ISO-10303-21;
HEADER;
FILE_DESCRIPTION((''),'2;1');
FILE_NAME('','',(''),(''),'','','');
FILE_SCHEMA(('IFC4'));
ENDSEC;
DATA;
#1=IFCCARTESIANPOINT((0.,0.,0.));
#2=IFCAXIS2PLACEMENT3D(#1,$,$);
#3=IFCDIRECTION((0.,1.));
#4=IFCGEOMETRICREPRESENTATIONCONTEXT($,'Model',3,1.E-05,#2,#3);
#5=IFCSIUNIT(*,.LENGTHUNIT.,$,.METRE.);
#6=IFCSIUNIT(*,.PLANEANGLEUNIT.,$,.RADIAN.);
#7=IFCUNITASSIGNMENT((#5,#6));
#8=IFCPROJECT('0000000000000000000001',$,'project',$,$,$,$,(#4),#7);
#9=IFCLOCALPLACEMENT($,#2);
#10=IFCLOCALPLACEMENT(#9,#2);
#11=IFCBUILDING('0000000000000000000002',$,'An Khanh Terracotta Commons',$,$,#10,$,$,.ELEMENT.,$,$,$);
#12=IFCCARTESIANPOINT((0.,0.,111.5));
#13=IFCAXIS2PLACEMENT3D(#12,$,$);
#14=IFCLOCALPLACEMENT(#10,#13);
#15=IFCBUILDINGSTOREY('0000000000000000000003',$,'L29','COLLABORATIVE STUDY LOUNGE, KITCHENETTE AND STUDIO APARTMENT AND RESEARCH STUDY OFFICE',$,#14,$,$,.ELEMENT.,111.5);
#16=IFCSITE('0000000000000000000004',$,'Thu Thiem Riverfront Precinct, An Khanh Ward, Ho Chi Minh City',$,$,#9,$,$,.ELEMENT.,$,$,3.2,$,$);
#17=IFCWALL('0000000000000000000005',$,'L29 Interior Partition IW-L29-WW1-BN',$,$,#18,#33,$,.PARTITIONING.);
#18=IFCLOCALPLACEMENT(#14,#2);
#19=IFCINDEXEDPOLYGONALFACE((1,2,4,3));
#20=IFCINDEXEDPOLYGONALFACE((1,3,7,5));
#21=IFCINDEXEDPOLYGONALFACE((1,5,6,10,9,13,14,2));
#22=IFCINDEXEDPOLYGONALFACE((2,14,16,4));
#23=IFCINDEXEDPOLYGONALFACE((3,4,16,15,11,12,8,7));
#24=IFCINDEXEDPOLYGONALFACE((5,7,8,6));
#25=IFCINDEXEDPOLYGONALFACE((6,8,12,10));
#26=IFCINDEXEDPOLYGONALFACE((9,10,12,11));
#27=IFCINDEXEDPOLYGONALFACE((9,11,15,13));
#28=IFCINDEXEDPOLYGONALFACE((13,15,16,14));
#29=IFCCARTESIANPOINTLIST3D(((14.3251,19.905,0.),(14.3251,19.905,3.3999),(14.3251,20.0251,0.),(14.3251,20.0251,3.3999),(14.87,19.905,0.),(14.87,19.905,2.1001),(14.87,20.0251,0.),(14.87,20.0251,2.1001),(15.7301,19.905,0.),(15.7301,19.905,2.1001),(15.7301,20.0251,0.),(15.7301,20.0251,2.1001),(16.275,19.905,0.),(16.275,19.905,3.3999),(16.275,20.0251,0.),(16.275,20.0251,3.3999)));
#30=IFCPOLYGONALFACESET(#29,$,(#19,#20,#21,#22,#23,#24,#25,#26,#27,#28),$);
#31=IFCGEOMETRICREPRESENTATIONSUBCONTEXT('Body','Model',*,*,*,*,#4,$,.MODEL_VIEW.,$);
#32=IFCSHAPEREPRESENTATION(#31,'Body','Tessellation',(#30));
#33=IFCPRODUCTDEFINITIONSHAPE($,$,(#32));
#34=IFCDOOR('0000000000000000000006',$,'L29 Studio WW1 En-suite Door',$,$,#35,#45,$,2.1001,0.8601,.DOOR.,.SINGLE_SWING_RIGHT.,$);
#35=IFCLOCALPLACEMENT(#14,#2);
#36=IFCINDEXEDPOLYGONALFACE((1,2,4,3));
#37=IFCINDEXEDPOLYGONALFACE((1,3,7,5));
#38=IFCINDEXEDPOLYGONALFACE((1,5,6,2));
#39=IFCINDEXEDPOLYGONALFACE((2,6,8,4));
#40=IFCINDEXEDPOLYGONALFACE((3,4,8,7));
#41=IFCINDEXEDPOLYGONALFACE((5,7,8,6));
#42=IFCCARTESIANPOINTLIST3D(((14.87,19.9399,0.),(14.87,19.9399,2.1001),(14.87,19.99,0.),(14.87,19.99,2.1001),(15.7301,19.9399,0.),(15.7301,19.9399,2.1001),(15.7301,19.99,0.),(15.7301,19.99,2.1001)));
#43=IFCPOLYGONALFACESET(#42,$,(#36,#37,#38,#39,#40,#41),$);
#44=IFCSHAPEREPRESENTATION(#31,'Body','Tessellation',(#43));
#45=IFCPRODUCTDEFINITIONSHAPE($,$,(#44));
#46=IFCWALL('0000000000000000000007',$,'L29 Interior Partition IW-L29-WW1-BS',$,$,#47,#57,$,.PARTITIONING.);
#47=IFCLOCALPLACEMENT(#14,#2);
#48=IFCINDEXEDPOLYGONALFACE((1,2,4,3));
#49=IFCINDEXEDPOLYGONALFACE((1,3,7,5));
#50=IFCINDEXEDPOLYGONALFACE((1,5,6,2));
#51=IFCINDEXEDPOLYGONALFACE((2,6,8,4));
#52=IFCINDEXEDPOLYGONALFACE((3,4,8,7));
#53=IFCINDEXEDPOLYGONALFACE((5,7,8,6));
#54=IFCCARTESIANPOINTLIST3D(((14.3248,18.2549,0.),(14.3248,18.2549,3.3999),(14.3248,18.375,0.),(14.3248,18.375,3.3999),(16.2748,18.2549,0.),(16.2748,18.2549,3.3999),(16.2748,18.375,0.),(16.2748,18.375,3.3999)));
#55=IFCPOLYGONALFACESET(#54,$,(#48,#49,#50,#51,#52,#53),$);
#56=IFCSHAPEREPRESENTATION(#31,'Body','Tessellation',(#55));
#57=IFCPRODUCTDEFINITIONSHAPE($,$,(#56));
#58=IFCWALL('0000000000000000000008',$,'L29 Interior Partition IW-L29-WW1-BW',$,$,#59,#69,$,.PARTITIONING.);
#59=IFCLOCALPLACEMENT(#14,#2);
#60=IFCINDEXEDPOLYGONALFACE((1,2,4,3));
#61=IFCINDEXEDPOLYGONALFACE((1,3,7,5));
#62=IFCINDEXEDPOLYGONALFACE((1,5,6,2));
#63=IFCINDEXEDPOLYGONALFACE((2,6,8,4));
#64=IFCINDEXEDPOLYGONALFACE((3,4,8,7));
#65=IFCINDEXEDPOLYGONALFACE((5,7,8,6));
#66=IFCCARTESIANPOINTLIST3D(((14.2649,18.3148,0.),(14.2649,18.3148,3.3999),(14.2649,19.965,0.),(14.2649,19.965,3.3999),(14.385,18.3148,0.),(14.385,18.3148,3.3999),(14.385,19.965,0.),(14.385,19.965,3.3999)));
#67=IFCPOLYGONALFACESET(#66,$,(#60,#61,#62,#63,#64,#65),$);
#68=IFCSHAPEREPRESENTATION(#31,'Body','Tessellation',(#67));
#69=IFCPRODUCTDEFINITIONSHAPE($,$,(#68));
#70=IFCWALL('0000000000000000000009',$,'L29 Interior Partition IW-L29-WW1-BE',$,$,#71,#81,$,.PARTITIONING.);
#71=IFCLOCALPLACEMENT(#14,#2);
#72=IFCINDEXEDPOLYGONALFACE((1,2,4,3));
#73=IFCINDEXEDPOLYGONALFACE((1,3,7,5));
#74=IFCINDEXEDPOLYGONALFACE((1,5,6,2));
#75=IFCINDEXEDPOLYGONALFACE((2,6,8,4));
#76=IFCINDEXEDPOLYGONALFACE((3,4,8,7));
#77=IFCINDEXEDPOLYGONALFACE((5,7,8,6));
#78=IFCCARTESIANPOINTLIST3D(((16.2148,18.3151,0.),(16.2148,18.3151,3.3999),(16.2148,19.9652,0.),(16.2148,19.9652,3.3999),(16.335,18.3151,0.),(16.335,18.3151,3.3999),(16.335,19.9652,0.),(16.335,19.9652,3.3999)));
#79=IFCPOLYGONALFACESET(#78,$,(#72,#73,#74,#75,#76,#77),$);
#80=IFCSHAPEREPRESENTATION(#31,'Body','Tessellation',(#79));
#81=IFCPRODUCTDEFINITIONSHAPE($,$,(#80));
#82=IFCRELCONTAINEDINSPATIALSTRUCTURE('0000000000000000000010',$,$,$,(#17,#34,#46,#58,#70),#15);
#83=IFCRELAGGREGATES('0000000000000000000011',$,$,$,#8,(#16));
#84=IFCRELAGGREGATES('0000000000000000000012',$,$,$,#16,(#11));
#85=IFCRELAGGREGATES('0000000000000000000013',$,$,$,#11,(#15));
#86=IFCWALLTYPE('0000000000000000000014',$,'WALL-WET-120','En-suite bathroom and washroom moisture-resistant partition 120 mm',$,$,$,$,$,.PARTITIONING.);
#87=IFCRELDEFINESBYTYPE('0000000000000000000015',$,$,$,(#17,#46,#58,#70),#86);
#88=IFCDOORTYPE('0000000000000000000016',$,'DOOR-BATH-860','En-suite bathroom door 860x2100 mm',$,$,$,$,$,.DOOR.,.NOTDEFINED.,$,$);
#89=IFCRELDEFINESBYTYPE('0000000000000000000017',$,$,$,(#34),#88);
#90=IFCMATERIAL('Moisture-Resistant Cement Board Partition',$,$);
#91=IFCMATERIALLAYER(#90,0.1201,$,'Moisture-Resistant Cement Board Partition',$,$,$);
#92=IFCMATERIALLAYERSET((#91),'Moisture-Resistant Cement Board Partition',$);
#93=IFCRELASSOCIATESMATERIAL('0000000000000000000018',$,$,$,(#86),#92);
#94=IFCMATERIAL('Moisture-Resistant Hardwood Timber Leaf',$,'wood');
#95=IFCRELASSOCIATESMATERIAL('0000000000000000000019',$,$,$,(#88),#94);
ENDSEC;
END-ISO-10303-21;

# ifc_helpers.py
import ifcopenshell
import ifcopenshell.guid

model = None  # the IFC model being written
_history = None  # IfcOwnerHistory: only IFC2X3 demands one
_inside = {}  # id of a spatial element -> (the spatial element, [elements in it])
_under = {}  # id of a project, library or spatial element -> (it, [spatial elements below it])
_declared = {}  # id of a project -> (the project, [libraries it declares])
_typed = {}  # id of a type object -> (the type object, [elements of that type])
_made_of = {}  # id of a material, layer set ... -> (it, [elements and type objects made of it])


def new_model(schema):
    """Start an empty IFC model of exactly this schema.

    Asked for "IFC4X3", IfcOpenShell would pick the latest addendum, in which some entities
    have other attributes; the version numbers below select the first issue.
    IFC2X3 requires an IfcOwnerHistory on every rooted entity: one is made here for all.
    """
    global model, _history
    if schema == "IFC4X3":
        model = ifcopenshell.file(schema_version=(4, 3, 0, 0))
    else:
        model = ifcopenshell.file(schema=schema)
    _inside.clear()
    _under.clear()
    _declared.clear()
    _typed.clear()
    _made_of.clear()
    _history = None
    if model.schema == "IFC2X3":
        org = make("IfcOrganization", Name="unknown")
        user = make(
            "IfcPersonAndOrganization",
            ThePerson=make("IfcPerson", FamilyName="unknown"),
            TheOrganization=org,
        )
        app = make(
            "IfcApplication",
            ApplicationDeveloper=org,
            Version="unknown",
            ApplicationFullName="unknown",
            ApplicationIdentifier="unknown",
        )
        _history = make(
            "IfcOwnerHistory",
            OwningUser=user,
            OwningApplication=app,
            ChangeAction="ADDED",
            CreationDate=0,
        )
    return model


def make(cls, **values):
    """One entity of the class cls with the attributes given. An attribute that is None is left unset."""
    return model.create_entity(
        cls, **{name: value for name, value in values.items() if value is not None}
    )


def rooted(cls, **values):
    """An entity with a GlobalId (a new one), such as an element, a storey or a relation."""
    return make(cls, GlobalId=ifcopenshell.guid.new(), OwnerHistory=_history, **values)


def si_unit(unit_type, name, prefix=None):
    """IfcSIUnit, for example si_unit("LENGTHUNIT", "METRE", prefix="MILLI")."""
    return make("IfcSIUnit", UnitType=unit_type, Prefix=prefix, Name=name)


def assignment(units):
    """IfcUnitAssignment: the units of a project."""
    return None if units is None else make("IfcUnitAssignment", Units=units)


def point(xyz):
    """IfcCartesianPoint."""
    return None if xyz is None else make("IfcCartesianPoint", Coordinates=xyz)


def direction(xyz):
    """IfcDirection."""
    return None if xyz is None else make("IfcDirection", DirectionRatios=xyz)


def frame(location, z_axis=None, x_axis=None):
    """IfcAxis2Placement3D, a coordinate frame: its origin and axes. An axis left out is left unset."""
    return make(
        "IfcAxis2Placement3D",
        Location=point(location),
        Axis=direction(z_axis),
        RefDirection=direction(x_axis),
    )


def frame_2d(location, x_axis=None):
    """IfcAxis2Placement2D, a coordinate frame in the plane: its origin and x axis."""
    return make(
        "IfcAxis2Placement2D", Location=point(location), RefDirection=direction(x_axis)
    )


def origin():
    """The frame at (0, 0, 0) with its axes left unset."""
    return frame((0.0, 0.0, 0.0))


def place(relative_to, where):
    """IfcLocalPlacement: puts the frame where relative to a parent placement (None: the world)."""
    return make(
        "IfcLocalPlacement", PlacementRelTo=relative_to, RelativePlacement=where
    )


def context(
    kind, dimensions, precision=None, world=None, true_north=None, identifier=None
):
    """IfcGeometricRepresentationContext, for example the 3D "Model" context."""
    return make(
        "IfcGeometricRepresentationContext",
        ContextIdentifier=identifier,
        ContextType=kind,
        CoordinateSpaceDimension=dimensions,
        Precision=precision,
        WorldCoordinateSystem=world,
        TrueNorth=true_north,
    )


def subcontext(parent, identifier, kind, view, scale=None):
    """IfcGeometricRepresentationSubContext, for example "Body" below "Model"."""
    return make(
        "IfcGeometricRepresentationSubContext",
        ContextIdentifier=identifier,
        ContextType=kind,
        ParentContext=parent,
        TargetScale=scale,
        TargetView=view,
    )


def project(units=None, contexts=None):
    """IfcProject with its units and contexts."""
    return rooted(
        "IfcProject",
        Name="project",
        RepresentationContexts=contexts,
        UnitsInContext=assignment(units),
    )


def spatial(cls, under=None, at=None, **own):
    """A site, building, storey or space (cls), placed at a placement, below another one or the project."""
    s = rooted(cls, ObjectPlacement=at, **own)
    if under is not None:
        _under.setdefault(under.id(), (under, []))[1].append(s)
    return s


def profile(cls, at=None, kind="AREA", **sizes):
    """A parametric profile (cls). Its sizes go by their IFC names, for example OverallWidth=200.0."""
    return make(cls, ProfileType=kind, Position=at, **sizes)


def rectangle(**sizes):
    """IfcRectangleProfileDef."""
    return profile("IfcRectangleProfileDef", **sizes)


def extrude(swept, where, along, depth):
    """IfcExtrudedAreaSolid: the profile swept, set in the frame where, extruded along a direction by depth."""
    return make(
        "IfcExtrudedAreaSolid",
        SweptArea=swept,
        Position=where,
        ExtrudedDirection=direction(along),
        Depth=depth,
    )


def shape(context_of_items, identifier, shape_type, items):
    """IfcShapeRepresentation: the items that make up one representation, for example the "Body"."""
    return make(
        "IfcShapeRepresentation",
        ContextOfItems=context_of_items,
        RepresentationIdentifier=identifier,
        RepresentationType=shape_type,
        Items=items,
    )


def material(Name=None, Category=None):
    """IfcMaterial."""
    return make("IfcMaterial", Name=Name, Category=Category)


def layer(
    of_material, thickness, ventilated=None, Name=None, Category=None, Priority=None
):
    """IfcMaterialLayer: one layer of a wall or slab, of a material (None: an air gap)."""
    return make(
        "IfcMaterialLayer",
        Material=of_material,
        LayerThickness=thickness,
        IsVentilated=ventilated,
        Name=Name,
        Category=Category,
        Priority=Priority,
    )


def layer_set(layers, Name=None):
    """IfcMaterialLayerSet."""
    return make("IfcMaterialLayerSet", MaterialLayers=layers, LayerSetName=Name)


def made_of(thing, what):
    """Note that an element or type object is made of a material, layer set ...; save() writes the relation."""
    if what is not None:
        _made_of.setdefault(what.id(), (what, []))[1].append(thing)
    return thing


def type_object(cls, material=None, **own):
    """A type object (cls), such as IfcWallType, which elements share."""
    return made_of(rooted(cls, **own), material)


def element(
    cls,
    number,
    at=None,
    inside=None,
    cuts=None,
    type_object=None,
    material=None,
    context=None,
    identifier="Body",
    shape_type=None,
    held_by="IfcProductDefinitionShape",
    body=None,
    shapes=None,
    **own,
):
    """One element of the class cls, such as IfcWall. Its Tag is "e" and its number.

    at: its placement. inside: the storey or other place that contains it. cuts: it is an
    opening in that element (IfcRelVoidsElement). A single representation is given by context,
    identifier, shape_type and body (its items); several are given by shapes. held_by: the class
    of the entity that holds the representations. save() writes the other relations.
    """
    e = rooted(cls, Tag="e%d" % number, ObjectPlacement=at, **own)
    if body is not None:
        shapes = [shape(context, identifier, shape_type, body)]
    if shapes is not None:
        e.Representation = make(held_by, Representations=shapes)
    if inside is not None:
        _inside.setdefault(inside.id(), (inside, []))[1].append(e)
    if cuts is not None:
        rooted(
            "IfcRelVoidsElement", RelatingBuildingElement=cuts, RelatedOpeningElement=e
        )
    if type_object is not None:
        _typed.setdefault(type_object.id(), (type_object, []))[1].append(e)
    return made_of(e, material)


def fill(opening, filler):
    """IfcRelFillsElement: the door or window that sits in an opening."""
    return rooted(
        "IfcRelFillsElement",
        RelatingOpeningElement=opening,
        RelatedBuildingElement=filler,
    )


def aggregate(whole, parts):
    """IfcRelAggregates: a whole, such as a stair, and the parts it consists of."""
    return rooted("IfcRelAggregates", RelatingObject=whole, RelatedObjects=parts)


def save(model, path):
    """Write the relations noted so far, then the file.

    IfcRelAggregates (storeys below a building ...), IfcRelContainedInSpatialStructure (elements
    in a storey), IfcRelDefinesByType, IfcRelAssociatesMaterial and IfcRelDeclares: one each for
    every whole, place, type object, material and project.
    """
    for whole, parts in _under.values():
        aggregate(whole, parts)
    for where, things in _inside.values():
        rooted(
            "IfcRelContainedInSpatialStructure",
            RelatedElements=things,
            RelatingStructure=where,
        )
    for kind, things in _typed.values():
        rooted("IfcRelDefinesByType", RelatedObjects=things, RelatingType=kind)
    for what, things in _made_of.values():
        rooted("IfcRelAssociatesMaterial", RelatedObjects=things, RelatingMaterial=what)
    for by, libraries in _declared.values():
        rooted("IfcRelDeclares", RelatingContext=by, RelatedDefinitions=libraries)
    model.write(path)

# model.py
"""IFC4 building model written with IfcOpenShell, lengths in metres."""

from ifc_helpers import new_model, si_unit, direction, frame, frame_2d, origin, place, context, subcontext, project, spatial, rectangle, extrude, material, layer, layer_set, type_object, element, fill, save


model = new_model("IFC4")

# Units and contexts
model_context = context("Model", 3, precision=1e-05, world=origin(), true_north=direction((0.0, 1.0)))
body_context = subcontext(model_context, "Body", "Model", "MODEL_VIEW")
ifc_project = project(units=[si_unit("LENGTHUNIT", "METRE"), si_unit("PLANEANGLEUNIT", "RADIAN")], contexts=[model_context])

# Site, building, storey
site_placement = place(None, origin())
site = spatial("IfcSite", under=ifc_project, at=site_placement, Name="Thu Thiem Riverfront Precinct, An Khanh Ward, Ho Chi Minh City", CompositionType="ELEMENT", RefElevation=3.2)
building_placement = place(site_placement, origin())
building = spatial("IfcBuilding", under=site, at=building_placement, Name="An Khanh Terracotta Commons", CompositionType="ELEMENT")
storey_placement = place(building_placement, frame((0.0, 0.0, 111.5)))
storey = spatial("IfcBuildingStorey", under=building, at=storey_placement, Name="L29", Description="COLLABORATIVE STUDY LOUNGE, KITCHENETTE AND STUDIO APARTMENT AND RESEARCH STUDY OFFICE", CompositionType="ELEMENT", Elevation=111.5)

# Wall, opening, door
ifc_material_1 = material(Name="Moisture-Resistant Cement Board Partition")
ifc_layer_1 = layer(ifc_material_1, 0.1201, Name="Moisture-Resistant Cement Board Partition")
ifc_layer_set_1 = layer_set([ifc_layer_1], Name="Moisture-Resistant Cement Board Partition")
wall_type_1 = type_object("IfcWallType", Name="WALL-WET-120", Description="En-suite bathroom and washroom moisture-resistant partition 120 mm", PredefinedType="PARTITIONING", material=ifc_layer_set_1)
wall_1_placement = place(storey_placement, frame((14.325, 19.9651, 0.0), z_axis=(0.0, 0.0, 1.0), x_axis=(1.0, 0.0, 0.0)))
wall_1 = element("IfcWall", 1, at=wall_1_placement, inside=storey, type_object=wall_type_1, Name="L29 Interior Partition IW-L29-WW1-BN", PredefinedType="PARTITIONING", context=body_context, shape_type="SweptSolid", body=[
    extrude(rectangle(XDim=1.95, YDim=0.1201, at=frame_2d((0.9751, 0.0))), origin(), (0.0, 0.0, 1.0), 3.3999),
])
opening_1_placement = place(wall_1_placement, frame((0.5449, 0.0, 0.0)))
opening_1 = element("IfcOpeningElement", 2, at=opening_1_placement, cuts=wall_1, PredefinedType="OPENING", context=body_context, shape_type="SweptSolid", body=[
    extrude(rectangle(XDim=0.8601, YDim=2.1001, at=frame_2d((0.4302, 1.05))), frame((0.0, 0.0701, 0.0), z_axis=(0.0, -1.0, 0.0), x_axis=(1.0, 0.0, 0.0)), (0.0, 0.0, 1.0), 0.1401),
])
ifc_material_2 = material(Name="Moisture-Resistant Hardwood Timber Leaf", Category="wood")
door_type_1 = type_object("IfcDoorType", Name="DOOR-BATH-860", Description="En-suite bathroom door 860x2100 mm", OperationType="NOTDEFINED", PredefinedType="DOOR", material=ifc_material_2)
door_1_placement = place(opening_1_placement, origin())
door_1 = element("IfcDoor", 3, at=door_1_placement, inside=storey, type_object=door_type_1, Name="L29 Studio WW1 En-suite Door", OperationType="SINGLE_SWING_RIGHT", OverallHeight=2.1001, OverallWidth=0.8601, PredefinedType="DOOR", context=body_context, shape_type="SweptSolid", body=[
    extrude(rectangle(XDim=0.8601, YDim=2.1001, at=frame_2d((0.4302, 1.05))), frame((0.0, 0.0249, 0.0), z_axis=(0.0, -1.0, 0.0), x_axis=(1.0, 0.0, 0.0)), (0.0, 0.0, 1.0), 0.05),
])
fill(opening_1, door_1)

# Walls
wall_2_placement = place(storey_placement, frame((16.2749, 18.3149, 0.0), z_axis=(0.0, 0.0, 1.0), x_axis=(-1.0, 0.0, 0.0)))
element("IfcWall", 4, at=wall_2_placement, inside=storey, type_object=wall_type_1, Name="L29 Interior Partition IW-L29-WW1-BS", PredefinedType="PARTITIONING", context=body_context, shape_type="SweptSolid", body=[
    extrude(rectangle(XDim=1.95, YDim=0.1201, at=frame_2d((0.9751, 0.0))), origin(), (0.0, 0.0, 1.0), 3.3999),
])
for number, where, z_axis, x_axis, name in (
    (5, (14.325, 19.9651, 0.0), (0.0, 0.0, 1.0), (0.0, -1.0, 0.0), "L29 Interior Partition IW-L29-WW1-BW"),
    (6, (16.2749, 18.3149, 0.0), (0.0, 0.0, 1.0), (0.0, 1.0, 0.0), "L29 Interior Partition IW-L29-WW1-BE"),
):
    element("IfcWall", number, at=place(storey_placement, frame(where, z_axis=z_axis, x_axis=x_axis)), inside=storey, type_object=wall_type_1, Name=name, PredefinedType="PARTITIONING", context=body_context, shape_type="SweptSolid", body=[
        extrude(rectangle(XDim=1.6501, YDim=0.1201, at=frame_2d((0.8252, 0.0))), origin(), (0.0, 0.0, 1.0), 3.3999),
    ])

save(model, "model.ifc")
